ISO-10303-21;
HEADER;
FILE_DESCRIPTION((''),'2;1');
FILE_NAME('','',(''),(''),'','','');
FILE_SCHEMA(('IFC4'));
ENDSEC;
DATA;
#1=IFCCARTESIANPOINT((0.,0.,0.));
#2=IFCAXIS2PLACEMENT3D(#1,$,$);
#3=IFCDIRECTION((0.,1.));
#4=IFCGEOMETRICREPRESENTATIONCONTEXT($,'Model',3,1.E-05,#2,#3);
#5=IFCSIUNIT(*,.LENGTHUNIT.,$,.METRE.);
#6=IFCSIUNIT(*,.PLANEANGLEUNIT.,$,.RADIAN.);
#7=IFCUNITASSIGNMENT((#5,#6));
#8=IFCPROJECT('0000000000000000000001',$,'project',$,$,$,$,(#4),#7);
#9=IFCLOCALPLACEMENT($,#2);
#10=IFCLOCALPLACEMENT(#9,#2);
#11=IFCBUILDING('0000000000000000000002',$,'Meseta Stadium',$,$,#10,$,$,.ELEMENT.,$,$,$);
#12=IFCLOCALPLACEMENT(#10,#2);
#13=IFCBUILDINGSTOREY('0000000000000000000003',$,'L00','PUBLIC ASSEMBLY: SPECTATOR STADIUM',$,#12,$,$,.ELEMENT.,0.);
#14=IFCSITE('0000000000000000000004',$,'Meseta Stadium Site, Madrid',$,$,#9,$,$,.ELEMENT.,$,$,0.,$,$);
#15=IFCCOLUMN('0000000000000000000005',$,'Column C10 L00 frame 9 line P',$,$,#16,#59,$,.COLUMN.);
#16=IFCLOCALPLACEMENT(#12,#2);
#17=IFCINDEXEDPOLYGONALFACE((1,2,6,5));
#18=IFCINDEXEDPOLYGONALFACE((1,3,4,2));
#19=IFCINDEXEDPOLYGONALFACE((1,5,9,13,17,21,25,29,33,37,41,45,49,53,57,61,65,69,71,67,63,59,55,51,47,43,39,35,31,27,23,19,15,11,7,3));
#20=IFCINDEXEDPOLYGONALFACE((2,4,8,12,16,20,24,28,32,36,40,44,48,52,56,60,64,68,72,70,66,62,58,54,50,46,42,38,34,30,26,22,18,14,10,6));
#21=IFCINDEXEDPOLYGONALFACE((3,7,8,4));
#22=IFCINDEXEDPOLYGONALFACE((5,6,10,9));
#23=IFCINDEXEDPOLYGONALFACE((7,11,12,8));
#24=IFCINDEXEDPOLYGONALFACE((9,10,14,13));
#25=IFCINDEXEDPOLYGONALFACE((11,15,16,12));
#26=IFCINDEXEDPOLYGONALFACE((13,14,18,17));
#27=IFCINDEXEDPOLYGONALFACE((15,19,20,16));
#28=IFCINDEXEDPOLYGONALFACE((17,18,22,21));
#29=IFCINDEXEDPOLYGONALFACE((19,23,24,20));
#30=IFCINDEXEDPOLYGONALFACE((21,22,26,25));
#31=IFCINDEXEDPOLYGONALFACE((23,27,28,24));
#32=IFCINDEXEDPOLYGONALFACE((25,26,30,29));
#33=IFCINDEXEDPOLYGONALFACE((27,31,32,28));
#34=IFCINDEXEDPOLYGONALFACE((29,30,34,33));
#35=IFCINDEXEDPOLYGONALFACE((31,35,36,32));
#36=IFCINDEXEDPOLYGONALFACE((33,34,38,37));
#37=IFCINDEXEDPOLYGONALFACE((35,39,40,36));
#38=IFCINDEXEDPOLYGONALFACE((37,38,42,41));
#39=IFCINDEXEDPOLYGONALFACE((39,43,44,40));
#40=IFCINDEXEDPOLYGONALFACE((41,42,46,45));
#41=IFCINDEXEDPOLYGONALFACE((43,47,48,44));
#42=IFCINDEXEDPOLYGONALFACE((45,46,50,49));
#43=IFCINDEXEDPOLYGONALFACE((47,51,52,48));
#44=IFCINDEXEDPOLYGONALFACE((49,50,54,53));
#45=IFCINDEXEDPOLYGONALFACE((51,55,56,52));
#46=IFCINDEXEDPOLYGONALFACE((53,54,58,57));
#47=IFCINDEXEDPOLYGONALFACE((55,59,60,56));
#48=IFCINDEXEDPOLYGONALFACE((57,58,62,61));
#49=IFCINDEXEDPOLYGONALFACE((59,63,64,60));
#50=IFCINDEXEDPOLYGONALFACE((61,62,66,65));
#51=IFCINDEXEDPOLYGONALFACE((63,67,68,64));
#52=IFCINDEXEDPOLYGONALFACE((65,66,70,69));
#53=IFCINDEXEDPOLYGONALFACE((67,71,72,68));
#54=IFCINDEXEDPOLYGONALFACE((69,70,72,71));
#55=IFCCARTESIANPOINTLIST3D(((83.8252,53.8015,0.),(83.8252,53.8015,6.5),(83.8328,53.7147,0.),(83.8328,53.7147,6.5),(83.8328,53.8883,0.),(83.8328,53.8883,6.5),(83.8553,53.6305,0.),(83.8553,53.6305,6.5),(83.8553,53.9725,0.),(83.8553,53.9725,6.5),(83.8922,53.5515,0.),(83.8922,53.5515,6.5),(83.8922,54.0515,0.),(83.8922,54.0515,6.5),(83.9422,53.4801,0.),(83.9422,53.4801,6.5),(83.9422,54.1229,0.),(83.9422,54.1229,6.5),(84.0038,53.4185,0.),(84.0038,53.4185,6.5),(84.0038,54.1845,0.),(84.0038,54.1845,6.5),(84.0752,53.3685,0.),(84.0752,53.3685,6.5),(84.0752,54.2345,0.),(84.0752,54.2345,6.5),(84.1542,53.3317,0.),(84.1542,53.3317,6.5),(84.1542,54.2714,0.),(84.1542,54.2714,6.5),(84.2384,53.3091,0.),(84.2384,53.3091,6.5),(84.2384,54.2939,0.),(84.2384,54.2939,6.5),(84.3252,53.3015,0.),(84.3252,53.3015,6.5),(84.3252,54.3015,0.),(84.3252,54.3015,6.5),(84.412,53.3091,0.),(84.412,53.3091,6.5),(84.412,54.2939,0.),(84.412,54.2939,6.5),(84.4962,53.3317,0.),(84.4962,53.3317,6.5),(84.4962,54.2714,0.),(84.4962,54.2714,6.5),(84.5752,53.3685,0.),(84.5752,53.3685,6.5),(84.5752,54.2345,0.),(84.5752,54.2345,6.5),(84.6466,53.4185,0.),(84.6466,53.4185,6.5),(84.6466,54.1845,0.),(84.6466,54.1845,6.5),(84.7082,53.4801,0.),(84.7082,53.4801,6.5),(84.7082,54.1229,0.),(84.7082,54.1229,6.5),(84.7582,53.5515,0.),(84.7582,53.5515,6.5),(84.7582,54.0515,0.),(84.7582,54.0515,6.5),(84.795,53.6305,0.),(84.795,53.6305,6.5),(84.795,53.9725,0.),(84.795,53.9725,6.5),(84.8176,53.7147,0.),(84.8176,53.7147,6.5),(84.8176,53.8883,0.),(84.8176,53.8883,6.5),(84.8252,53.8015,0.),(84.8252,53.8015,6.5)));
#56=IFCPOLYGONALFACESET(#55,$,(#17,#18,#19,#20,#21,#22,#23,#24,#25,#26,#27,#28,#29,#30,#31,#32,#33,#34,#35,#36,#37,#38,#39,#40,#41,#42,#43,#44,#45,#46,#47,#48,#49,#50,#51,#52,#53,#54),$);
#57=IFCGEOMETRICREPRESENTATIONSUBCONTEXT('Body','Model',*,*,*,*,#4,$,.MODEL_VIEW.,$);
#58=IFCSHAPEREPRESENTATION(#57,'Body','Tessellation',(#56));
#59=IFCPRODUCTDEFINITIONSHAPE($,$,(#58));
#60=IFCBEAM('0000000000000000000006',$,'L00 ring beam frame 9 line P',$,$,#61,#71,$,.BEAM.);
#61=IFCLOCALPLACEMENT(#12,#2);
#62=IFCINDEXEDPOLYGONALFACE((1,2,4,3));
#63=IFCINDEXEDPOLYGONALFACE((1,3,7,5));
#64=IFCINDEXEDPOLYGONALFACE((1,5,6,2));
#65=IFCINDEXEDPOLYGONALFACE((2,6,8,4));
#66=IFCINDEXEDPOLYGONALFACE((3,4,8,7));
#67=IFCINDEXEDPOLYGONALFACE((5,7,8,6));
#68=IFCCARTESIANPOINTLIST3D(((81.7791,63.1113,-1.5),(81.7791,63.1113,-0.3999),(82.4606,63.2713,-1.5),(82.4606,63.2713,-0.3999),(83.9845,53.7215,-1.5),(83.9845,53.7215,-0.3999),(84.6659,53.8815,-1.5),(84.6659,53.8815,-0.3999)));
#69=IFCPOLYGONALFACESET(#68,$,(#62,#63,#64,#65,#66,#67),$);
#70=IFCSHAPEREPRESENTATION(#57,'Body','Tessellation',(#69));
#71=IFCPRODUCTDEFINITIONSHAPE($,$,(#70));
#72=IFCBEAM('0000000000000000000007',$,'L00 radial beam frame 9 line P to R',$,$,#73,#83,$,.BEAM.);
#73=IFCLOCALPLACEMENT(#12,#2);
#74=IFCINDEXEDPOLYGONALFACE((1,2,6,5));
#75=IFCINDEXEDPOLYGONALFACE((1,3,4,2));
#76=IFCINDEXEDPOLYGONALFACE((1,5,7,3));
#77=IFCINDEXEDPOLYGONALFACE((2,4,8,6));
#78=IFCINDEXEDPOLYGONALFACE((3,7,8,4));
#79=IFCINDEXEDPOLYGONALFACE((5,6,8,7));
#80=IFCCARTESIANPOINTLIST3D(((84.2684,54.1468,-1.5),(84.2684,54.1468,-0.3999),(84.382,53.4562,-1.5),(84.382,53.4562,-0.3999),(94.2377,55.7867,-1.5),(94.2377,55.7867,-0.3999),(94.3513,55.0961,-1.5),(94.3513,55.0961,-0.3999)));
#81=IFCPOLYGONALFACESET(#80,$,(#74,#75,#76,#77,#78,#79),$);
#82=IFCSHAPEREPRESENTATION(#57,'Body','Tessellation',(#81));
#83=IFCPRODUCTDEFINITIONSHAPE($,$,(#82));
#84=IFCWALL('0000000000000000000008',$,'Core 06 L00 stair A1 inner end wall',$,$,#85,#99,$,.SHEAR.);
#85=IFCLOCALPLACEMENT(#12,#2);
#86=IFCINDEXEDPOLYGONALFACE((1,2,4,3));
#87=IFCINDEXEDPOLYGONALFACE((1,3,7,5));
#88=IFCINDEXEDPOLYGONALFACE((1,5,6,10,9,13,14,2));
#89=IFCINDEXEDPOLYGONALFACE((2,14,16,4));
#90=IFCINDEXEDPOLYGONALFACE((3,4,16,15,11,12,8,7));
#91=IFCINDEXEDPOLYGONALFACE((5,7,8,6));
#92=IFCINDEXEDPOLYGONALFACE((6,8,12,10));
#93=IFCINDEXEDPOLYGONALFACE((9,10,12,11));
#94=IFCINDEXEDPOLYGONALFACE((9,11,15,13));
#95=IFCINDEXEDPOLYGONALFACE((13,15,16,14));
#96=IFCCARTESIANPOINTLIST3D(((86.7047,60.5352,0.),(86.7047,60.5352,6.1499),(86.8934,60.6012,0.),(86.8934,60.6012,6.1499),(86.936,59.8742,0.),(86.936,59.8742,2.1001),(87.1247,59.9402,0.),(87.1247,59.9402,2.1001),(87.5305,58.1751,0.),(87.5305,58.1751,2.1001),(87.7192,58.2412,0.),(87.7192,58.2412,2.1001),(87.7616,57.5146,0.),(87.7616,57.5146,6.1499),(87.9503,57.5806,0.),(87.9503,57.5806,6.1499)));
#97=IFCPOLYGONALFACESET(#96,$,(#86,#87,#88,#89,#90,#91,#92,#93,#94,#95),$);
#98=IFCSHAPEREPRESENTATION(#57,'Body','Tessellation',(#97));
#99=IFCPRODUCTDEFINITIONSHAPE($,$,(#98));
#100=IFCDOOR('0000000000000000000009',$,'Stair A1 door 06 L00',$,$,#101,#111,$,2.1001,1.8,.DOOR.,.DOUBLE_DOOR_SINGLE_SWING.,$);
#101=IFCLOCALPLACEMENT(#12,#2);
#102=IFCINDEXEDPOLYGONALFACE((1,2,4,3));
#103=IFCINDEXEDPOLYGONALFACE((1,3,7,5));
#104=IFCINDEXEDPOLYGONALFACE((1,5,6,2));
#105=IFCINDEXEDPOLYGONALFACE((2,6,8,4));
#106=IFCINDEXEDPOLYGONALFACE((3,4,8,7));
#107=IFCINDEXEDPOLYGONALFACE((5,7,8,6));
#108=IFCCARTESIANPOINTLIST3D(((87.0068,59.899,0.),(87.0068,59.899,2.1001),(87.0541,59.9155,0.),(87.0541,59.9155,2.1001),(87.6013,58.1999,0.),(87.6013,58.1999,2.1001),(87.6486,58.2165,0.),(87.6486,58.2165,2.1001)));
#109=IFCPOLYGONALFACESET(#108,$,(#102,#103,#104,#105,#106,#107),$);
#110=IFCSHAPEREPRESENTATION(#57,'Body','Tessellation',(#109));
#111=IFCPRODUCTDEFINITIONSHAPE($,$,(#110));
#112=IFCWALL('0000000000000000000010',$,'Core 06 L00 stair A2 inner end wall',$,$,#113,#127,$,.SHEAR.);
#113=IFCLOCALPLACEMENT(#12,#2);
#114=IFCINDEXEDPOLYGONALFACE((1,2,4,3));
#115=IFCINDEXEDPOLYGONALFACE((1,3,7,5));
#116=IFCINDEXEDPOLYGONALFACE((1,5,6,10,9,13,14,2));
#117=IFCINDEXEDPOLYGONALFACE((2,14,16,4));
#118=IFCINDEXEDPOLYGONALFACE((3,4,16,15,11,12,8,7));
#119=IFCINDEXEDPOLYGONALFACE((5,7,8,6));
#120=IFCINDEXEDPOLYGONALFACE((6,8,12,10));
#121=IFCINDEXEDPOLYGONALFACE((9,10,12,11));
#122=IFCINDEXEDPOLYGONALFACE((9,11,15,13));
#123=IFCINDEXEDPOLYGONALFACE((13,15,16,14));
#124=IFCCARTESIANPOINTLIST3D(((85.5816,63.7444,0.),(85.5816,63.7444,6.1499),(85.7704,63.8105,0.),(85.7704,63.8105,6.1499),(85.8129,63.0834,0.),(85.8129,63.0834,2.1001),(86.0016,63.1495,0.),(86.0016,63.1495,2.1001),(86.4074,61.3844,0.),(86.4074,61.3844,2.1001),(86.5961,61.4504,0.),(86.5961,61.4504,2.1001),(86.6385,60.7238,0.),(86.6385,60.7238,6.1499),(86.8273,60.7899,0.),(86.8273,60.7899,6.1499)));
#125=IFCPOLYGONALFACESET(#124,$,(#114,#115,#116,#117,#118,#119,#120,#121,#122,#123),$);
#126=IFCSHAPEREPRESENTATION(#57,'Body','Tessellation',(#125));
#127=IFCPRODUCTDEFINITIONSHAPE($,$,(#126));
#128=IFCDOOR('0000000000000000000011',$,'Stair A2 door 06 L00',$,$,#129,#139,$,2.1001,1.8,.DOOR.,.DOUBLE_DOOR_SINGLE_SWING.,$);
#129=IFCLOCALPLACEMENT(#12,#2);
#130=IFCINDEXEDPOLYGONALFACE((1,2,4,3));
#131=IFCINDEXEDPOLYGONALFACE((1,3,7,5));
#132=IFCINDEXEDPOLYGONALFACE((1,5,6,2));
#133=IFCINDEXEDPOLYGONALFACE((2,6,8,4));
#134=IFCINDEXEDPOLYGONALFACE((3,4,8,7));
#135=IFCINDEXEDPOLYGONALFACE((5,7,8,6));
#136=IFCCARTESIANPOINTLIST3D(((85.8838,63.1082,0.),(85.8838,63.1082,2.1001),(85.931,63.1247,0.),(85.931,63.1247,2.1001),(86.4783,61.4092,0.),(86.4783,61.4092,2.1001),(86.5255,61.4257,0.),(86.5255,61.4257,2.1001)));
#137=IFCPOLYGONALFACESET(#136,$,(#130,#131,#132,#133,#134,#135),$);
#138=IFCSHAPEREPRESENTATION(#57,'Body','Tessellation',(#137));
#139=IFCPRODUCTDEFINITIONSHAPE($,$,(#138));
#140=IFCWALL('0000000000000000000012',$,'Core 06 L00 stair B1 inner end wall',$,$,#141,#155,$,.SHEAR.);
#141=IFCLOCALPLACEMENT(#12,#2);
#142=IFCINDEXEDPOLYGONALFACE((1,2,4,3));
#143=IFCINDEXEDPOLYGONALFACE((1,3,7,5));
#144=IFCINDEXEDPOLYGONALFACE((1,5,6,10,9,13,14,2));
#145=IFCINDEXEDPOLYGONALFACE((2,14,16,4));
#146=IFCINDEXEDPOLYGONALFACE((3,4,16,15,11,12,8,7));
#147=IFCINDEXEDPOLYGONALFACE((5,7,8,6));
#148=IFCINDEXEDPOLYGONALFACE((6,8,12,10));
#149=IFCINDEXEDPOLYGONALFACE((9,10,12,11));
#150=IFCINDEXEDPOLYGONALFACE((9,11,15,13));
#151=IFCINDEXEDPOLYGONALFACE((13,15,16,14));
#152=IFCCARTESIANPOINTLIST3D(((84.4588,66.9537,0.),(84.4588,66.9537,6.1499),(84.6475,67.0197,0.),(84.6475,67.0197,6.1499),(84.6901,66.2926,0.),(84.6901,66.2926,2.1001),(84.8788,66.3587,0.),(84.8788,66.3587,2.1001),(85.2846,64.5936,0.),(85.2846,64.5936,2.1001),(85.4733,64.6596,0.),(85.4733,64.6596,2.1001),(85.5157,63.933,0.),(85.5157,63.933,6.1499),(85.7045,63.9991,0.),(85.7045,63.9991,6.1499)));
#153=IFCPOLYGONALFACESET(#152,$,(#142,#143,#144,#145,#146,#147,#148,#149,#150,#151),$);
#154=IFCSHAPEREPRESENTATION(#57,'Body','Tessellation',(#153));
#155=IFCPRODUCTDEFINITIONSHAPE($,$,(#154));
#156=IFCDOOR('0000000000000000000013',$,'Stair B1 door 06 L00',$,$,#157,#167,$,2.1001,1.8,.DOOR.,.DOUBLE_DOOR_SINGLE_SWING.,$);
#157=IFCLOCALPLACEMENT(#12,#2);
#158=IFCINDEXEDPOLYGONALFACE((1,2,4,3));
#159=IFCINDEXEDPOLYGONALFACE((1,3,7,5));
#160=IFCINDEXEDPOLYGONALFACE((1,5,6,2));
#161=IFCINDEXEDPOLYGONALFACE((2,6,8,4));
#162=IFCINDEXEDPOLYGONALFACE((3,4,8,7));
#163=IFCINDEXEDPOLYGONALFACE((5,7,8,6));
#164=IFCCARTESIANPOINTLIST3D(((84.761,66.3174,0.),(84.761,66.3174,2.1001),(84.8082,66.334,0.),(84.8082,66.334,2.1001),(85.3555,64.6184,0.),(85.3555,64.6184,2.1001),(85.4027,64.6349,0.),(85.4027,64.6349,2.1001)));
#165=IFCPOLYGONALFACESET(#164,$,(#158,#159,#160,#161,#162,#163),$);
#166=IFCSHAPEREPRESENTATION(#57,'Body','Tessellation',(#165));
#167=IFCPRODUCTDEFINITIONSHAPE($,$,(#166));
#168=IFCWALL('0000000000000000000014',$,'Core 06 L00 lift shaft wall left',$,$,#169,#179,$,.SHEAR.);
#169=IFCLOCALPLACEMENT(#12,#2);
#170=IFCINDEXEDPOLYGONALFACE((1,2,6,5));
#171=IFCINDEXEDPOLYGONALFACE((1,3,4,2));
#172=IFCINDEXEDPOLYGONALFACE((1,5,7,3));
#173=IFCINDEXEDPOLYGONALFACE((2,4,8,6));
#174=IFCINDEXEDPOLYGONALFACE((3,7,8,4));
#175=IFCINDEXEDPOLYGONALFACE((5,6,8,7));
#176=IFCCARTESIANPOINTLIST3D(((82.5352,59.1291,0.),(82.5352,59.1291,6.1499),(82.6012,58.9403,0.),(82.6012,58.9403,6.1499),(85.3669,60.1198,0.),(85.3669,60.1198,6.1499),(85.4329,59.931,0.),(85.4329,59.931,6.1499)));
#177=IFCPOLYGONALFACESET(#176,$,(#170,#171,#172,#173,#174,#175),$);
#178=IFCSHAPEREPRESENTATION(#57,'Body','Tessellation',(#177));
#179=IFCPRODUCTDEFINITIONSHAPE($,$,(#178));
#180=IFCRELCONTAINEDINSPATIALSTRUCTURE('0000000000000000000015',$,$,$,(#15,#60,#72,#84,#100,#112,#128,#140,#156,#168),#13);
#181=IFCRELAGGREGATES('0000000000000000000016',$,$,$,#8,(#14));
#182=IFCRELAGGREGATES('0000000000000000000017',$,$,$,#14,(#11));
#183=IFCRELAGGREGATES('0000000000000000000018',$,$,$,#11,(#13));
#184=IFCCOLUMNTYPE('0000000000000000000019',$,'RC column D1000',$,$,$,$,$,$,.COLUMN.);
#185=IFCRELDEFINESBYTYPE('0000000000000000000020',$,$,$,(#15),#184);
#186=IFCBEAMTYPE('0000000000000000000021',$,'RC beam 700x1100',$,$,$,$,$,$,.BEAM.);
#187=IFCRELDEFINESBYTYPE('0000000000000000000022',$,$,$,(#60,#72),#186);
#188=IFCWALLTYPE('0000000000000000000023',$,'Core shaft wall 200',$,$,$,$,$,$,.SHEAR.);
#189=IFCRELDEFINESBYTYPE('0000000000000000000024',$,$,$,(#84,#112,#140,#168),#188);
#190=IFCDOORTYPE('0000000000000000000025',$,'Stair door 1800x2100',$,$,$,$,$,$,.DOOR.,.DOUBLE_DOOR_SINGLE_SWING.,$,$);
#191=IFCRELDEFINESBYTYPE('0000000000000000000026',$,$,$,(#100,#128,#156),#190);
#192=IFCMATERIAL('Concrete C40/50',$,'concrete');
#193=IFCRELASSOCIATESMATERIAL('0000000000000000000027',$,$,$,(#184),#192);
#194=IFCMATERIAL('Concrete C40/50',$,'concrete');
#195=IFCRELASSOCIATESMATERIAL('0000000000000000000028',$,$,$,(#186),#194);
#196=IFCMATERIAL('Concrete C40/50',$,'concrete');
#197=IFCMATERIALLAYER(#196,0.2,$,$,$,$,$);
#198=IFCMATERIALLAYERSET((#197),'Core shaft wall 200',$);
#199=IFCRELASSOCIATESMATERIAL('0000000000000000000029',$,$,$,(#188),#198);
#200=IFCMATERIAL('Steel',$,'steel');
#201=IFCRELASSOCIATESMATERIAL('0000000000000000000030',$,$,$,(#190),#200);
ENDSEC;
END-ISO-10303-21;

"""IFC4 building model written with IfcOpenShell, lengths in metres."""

from ifc_helpers import new_model, si_unit, direction, frame, frame_2d, origin, origin_2d, place, context, subcontext, project, spatial, rectangle, circle, extrude, material, layer, layer_set, material_profile, profile_set, type_object, element, fill, save


model = new_model("IFC4")

# Units and contexts
model_context = context("Model", 3, precision=1e-05, world=origin(), true_north=direction((0.0, 1.0)))
body_context = subcontext(model_context, "Body", "Model", "MODEL_VIEW")
ifc_project = project(units=[si_unit("LENGTHUNIT", "METRE"), si_unit("PLANEANGLEUNIT", "RADIAN")], contexts=[model_context])

# Site, building, storey
site_placement = place(None, origin())
site = spatial("IfcSite", under=ifc_project, at=site_placement, Name="Meseta Stadium Site, Madrid", CompositionType="ELEMENT", RefElevation=0.0)
building_placement = place(site_placement, origin())
building = spatial("IfcBuilding", under=site, at=building_placement, Name="Meseta Stadium", CompositionType="ELEMENT")
storey_placement = place(building_placement, origin())
storey = spatial("IfcBuildingStorey", under=building, at=storey_placement, Name="L00", Description="PUBLIC ASSEMBLY: SPECTATOR STADIUM", CompositionType="ELEMENT", Elevation=0.0)

# Column
ifc_material_1 = material(Name="Concrete C40/50", Category="concrete")
ifc_material_profile_1 = material_profile(ifc_material_1, circle(Radius=0.5, at=origin_2d()), Name="RC D1000")
ifc_profile_set_1 = profile_set([ifc_material_profile_1], Name="Concrete C40/50")
column_type = type_object("IfcColumnType", Name="RC column D1000", PredefinedType="COLUMN", material=ifc_profile_set_1)
column_placement = place(storey_placement, frame((84.3252, 53.8015, 0.0), z_axis=(0.0, 0.0, 1.0), x_axis=(1.0, 0.0, 0.0)))
element("IfcColumn", 1, at=column_placement, inside=storey, type_object=column_type, Name="Column C10 L00 frame 9 line P", PredefinedType="COLUMN", context=body_context, shape_type="SweptSolid", body=[
    extrude(circle(Radius=0.5, at=origin_2d()), origin(), (0.0, 0.0, 1.0), 6.5),
])

# Beams
ifc_material_2 = material(Name="Concrete C40/50", Category="concrete")
ifc_material_profile_2 = material_profile(ifc_material_2, rectangle(XDim=0.7, YDim=1.1001, at=origin_2d()), Name="RC 700x1100")
ifc_profile_set_2 = profile_set([ifc_material_profile_2], Name="Concrete C40/50")
beam_type = type_object("IfcBeamType", Name="RC beam 700x1100", PredefinedType="BEAM", material=ifc_profile_set_2)
beam_1_placement = place(storey_placement, frame((84.3252, 53.8015, -0.95), z_axis=(-0.228646, 0.97351, 0.0), x_axis=(-0.97351, -0.228646, 0.0)))
element("IfcBeam", 2, at=beam_1_placement, inside=storey, type_object=beam_type, Name="L00 ring beam frame 9 line P", PredefinedType="BEAM", context=body_context, shape_type="SweptSolid", body=[
    extrude(rectangle(XDim=0.7, YDim=1.1001, at=origin_2d()), origin(), (0.0, 0.0, 1.0), 9.6453),
])
beam_2_placement = place(storey_placement, frame((84.3252, 53.8015, -0.95), z_axis=(0.986739, 0.162314, 0.0), x_axis=(-0.162314, 0.986739, 0.0)))
element("IfcBeam", 3, at=beam_2_placement, inside=storey, type_object=beam_type, Name="L00 radial beam frame 9 line P to R", PredefinedType="BEAM", context=body_context, shape_type="SweptSolid", body=[
    extrude(rectangle(XDim=0.7, YDim=1.1001, at=origin_2d()), origin(), (0.0, 0.0, 1.0), 10.1033),
])

# Walls, openings, doors
ifc_material_3 = material(Name="Concrete C40/50", Category="concrete")
ifc_layer_1 = layer(ifc_material_3, 0.2)
ifc_layer_set_1 = layer_set([ifc_layer_1], Name="Core shaft wall 200")
wall_type_1 = type_object("IfcWallType", Name="Core shaft wall 200", PredefinedType="SHEAR", material=ifc_layer_set_1)
wall_1_placement = place(storey_placement, frame((87.856, 57.5476, 0.0), z_axis=(0.0, 0.0, 1.0), x_axis=(-0.330269, 0.943887, 0.0)))
wall_1 = element("IfcWall", 4, at=wall_1_placement, inside=storey, type_object=wall_type_1, Name="Core 06 L00 stair A1 inner end wall", PredefinedType="SHEAR", context=body_context, shape_type="SweptSolid", body=[
    extrude(rectangle(XDim=3.2002, YDim=0.2, at=frame_2d((1.6001, 0.0))), origin(), (0.0, 0.0, 1.0), 6.1499),
])
opening_1_placement = place(wall_1_placement, frame((0.7, 0.0, 0.0)))
opening_1 = element("IfcOpeningElement", 5, at=opening_1_placement, cuts=wall_1, PredefinedType="OPENING", context=body_context, shape_type="SweptSolid", body=[
    extrude(rectangle(XDim=1.8, YDim=2.1001, at=frame_2d((0.8999, 1.05))), frame((0.0, 0.1099, 0.0), z_axis=(0.0, -1.0, 0.0), x_axis=(1.0, 0.0, 0.0)), (0.0, 0.0, 1.0), 0.22),
])
ifc_material_4 = material(Name="Steel", Category="steel")
door_type_1 = type_object("IfcDoorType", Name="Stair door 1800x2100", OperationType="DOUBLE_DOOR_SINGLE_SWING", PredefinedType="DOOR", material=ifc_material_4)
door_1_placement = place(opening_1_placement, origin())
door_1 = element("IfcDoor", 6, at=door_1_placement, inside=storey, type_object=door_type_1, Name="Stair A1 door 06 L00", OperationType="DOUBLE_DOOR_SINGLE_SWING", OverallHeight=2.1001, OverallWidth=1.8, PredefinedType="DOOR", context=body_context, shape_type="SweptSolid", body=[
    extrude(rectangle(XDim=1.8, YDim=2.1001, at=frame_2d((0.8999, 1.05))), frame((0.0, 0.0249, 0.0), z_axis=(0.0, -1.0, 0.0), x_axis=(1.0, 0.0, 0.0)), (0.0, 0.0, 1.0), 0.05),
])
fill(opening_1, door_1)
wall_2_placement = place(storey_placement, frame((86.7329, 60.7568, 0.0), z_axis=(0.0, 0.0, 1.0), x_axis=(-0.330269, 0.943887, 0.0)))
wall_2 = element("IfcWall", 7, at=wall_2_placement, inside=storey, type_object=wall_type_1, Name="Core 06 L00 stair A2 inner end wall", PredefinedType="SHEAR", context=body_context, shape_type="SweptSolid", body=[
    extrude(rectangle(XDim=3.2002, YDim=0.2, at=frame_2d((1.6001, 0.0))), origin(), (0.0, 0.0, 1.0), 6.1499),
])
opening_2_placement = place(wall_2_placement, frame((0.7, 0.0, 0.0)))
opening_2 = element("IfcOpeningElement", 8, at=opening_2_placement, cuts=wall_2, PredefinedType="OPENING", context=body_context, shape_type="SweptSolid", body=[
    extrude(rectangle(XDim=1.8, YDim=2.1001, at=frame_2d((0.8999, 1.05))), frame((0.0, 0.1099, 0.0), z_axis=(0.0, -1.0, 0.0), x_axis=(1.0, 0.0, 0.0)), (0.0, 0.0, 1.0), 0.22),
])
door_2_placement = place(opening_2_placement, origin())
door_2 = element("IfcDoor", 9, at=door_2_placement, inside=storey, type_object=door_type_1, Name="Stair A2 door 06 L00", OperationType="DOUBLE_DOOR_SINGLE_SWING", OverallHeight=2.1001, OverallWidth=1.8, PredefinedType="DOOR", context=body_context, shape_type="SweptSolid", body=[
    extrude(rectangle(XDim=1.8, YDim=2.1001, at=frame_2d((0.8999, 1.05))), frame((0.0, 0.0249, 0.0), z_axis=(0.0, -1.0, 0.0), x_axis=(1.0, 0.0, 0.0)), (0.0, 0.0, 1.0), 0.05),
])
fill(opening_2, door_2)
wall_3_placement = place(storey_placement, frame((85.6101, 63.9661, 0.0), z_axis=(0.0, 0.0, 1.0), x_axis=(-0.330269, 0.943887, 0.0)))
wall_3 = element("IfcWall", 10, at=wall_3_placement, inside=storey, type_object=wall_type_1, Name="Core 06 L00 stair B1 inner end wall", PredefinedType="SHEAR", context=body_context, shape_type="SweptSolid", body=[
    extrude(rectangle(XDim=3.2002, YDim=0.2, at=frame_2d((1.6001, 0.0))), origin(), (0.0, 0.0, 1.0), 6.1499),
])
opening_3_placement = place(wall_3_placement, frame((0.7, 0.0, 0.0)))
opening_3 = element("IfcOpeningElement", 11, at=opening_3_placement, cuts=wall_3, PredefinedType="OPENING", context=body_context, shape_type="SweptSolid", body=[
    extrude(rectangle(XDim=1.8, YDim=2.1001, at=frame_2d((0.8999, 1.05))), frame((0.0, 0.1099, 0.0), z_axis=(0.0, -1.0, 0.0), x_axis=(1.0, 0.0, 0.0)), (0.0, 0.0, 1.0), 0.22),
])
door_3_placement = place(opening_3_placement, origin())
door_3 = element("IfcDoor", 12, at=door_3_placement, inside=storey, type_object=door_type_1, Name="Stair B1 door 06 L00", OperationType="DOUBLE_DOOR_SINGLE_SWING", OverallHeight=2.1001, OverallWidth=1.8, PredefinedType="DOOR", context=body_context, shape_type="SweptSolid", body=[
    extrude(rectangle(XDim=1.8, YDim=2.1001, at=frame_2d((0.8999, 1.05))), frame((0.0, 0.0249, 0.0), z_axis=(0.0, -1.0, 0.0), x_axis=(1.0, 0.0, 0.0)), (0.0, 0.0, 1.0), 0.05),
])
fill(opening_3, door_3)

# Wall
wall_4_placement = place(storey_placement, frame((85.3999, 60.0254, 0.0), z_axis=(0.0, 0.0, 1.0), x_axis=(-0.9439, -0.330231, 0.0)))
element("IfcWall", 13, at=wall_4_placement, inside=storey, type_object=wall_type_1, Name="Core 06 L00 lift shaft wall left", PredefinedType="SHEAR", context=body_context, shape_type="SweptSolid", body=[
    extrude(rectangle(XDim=3.0, YDim=0.2, at=frame_2d((1.5, 0.0))), origin(), (0.0, 0.0, 1.0), 6.1499),
])

save(model, "model.ifc")
